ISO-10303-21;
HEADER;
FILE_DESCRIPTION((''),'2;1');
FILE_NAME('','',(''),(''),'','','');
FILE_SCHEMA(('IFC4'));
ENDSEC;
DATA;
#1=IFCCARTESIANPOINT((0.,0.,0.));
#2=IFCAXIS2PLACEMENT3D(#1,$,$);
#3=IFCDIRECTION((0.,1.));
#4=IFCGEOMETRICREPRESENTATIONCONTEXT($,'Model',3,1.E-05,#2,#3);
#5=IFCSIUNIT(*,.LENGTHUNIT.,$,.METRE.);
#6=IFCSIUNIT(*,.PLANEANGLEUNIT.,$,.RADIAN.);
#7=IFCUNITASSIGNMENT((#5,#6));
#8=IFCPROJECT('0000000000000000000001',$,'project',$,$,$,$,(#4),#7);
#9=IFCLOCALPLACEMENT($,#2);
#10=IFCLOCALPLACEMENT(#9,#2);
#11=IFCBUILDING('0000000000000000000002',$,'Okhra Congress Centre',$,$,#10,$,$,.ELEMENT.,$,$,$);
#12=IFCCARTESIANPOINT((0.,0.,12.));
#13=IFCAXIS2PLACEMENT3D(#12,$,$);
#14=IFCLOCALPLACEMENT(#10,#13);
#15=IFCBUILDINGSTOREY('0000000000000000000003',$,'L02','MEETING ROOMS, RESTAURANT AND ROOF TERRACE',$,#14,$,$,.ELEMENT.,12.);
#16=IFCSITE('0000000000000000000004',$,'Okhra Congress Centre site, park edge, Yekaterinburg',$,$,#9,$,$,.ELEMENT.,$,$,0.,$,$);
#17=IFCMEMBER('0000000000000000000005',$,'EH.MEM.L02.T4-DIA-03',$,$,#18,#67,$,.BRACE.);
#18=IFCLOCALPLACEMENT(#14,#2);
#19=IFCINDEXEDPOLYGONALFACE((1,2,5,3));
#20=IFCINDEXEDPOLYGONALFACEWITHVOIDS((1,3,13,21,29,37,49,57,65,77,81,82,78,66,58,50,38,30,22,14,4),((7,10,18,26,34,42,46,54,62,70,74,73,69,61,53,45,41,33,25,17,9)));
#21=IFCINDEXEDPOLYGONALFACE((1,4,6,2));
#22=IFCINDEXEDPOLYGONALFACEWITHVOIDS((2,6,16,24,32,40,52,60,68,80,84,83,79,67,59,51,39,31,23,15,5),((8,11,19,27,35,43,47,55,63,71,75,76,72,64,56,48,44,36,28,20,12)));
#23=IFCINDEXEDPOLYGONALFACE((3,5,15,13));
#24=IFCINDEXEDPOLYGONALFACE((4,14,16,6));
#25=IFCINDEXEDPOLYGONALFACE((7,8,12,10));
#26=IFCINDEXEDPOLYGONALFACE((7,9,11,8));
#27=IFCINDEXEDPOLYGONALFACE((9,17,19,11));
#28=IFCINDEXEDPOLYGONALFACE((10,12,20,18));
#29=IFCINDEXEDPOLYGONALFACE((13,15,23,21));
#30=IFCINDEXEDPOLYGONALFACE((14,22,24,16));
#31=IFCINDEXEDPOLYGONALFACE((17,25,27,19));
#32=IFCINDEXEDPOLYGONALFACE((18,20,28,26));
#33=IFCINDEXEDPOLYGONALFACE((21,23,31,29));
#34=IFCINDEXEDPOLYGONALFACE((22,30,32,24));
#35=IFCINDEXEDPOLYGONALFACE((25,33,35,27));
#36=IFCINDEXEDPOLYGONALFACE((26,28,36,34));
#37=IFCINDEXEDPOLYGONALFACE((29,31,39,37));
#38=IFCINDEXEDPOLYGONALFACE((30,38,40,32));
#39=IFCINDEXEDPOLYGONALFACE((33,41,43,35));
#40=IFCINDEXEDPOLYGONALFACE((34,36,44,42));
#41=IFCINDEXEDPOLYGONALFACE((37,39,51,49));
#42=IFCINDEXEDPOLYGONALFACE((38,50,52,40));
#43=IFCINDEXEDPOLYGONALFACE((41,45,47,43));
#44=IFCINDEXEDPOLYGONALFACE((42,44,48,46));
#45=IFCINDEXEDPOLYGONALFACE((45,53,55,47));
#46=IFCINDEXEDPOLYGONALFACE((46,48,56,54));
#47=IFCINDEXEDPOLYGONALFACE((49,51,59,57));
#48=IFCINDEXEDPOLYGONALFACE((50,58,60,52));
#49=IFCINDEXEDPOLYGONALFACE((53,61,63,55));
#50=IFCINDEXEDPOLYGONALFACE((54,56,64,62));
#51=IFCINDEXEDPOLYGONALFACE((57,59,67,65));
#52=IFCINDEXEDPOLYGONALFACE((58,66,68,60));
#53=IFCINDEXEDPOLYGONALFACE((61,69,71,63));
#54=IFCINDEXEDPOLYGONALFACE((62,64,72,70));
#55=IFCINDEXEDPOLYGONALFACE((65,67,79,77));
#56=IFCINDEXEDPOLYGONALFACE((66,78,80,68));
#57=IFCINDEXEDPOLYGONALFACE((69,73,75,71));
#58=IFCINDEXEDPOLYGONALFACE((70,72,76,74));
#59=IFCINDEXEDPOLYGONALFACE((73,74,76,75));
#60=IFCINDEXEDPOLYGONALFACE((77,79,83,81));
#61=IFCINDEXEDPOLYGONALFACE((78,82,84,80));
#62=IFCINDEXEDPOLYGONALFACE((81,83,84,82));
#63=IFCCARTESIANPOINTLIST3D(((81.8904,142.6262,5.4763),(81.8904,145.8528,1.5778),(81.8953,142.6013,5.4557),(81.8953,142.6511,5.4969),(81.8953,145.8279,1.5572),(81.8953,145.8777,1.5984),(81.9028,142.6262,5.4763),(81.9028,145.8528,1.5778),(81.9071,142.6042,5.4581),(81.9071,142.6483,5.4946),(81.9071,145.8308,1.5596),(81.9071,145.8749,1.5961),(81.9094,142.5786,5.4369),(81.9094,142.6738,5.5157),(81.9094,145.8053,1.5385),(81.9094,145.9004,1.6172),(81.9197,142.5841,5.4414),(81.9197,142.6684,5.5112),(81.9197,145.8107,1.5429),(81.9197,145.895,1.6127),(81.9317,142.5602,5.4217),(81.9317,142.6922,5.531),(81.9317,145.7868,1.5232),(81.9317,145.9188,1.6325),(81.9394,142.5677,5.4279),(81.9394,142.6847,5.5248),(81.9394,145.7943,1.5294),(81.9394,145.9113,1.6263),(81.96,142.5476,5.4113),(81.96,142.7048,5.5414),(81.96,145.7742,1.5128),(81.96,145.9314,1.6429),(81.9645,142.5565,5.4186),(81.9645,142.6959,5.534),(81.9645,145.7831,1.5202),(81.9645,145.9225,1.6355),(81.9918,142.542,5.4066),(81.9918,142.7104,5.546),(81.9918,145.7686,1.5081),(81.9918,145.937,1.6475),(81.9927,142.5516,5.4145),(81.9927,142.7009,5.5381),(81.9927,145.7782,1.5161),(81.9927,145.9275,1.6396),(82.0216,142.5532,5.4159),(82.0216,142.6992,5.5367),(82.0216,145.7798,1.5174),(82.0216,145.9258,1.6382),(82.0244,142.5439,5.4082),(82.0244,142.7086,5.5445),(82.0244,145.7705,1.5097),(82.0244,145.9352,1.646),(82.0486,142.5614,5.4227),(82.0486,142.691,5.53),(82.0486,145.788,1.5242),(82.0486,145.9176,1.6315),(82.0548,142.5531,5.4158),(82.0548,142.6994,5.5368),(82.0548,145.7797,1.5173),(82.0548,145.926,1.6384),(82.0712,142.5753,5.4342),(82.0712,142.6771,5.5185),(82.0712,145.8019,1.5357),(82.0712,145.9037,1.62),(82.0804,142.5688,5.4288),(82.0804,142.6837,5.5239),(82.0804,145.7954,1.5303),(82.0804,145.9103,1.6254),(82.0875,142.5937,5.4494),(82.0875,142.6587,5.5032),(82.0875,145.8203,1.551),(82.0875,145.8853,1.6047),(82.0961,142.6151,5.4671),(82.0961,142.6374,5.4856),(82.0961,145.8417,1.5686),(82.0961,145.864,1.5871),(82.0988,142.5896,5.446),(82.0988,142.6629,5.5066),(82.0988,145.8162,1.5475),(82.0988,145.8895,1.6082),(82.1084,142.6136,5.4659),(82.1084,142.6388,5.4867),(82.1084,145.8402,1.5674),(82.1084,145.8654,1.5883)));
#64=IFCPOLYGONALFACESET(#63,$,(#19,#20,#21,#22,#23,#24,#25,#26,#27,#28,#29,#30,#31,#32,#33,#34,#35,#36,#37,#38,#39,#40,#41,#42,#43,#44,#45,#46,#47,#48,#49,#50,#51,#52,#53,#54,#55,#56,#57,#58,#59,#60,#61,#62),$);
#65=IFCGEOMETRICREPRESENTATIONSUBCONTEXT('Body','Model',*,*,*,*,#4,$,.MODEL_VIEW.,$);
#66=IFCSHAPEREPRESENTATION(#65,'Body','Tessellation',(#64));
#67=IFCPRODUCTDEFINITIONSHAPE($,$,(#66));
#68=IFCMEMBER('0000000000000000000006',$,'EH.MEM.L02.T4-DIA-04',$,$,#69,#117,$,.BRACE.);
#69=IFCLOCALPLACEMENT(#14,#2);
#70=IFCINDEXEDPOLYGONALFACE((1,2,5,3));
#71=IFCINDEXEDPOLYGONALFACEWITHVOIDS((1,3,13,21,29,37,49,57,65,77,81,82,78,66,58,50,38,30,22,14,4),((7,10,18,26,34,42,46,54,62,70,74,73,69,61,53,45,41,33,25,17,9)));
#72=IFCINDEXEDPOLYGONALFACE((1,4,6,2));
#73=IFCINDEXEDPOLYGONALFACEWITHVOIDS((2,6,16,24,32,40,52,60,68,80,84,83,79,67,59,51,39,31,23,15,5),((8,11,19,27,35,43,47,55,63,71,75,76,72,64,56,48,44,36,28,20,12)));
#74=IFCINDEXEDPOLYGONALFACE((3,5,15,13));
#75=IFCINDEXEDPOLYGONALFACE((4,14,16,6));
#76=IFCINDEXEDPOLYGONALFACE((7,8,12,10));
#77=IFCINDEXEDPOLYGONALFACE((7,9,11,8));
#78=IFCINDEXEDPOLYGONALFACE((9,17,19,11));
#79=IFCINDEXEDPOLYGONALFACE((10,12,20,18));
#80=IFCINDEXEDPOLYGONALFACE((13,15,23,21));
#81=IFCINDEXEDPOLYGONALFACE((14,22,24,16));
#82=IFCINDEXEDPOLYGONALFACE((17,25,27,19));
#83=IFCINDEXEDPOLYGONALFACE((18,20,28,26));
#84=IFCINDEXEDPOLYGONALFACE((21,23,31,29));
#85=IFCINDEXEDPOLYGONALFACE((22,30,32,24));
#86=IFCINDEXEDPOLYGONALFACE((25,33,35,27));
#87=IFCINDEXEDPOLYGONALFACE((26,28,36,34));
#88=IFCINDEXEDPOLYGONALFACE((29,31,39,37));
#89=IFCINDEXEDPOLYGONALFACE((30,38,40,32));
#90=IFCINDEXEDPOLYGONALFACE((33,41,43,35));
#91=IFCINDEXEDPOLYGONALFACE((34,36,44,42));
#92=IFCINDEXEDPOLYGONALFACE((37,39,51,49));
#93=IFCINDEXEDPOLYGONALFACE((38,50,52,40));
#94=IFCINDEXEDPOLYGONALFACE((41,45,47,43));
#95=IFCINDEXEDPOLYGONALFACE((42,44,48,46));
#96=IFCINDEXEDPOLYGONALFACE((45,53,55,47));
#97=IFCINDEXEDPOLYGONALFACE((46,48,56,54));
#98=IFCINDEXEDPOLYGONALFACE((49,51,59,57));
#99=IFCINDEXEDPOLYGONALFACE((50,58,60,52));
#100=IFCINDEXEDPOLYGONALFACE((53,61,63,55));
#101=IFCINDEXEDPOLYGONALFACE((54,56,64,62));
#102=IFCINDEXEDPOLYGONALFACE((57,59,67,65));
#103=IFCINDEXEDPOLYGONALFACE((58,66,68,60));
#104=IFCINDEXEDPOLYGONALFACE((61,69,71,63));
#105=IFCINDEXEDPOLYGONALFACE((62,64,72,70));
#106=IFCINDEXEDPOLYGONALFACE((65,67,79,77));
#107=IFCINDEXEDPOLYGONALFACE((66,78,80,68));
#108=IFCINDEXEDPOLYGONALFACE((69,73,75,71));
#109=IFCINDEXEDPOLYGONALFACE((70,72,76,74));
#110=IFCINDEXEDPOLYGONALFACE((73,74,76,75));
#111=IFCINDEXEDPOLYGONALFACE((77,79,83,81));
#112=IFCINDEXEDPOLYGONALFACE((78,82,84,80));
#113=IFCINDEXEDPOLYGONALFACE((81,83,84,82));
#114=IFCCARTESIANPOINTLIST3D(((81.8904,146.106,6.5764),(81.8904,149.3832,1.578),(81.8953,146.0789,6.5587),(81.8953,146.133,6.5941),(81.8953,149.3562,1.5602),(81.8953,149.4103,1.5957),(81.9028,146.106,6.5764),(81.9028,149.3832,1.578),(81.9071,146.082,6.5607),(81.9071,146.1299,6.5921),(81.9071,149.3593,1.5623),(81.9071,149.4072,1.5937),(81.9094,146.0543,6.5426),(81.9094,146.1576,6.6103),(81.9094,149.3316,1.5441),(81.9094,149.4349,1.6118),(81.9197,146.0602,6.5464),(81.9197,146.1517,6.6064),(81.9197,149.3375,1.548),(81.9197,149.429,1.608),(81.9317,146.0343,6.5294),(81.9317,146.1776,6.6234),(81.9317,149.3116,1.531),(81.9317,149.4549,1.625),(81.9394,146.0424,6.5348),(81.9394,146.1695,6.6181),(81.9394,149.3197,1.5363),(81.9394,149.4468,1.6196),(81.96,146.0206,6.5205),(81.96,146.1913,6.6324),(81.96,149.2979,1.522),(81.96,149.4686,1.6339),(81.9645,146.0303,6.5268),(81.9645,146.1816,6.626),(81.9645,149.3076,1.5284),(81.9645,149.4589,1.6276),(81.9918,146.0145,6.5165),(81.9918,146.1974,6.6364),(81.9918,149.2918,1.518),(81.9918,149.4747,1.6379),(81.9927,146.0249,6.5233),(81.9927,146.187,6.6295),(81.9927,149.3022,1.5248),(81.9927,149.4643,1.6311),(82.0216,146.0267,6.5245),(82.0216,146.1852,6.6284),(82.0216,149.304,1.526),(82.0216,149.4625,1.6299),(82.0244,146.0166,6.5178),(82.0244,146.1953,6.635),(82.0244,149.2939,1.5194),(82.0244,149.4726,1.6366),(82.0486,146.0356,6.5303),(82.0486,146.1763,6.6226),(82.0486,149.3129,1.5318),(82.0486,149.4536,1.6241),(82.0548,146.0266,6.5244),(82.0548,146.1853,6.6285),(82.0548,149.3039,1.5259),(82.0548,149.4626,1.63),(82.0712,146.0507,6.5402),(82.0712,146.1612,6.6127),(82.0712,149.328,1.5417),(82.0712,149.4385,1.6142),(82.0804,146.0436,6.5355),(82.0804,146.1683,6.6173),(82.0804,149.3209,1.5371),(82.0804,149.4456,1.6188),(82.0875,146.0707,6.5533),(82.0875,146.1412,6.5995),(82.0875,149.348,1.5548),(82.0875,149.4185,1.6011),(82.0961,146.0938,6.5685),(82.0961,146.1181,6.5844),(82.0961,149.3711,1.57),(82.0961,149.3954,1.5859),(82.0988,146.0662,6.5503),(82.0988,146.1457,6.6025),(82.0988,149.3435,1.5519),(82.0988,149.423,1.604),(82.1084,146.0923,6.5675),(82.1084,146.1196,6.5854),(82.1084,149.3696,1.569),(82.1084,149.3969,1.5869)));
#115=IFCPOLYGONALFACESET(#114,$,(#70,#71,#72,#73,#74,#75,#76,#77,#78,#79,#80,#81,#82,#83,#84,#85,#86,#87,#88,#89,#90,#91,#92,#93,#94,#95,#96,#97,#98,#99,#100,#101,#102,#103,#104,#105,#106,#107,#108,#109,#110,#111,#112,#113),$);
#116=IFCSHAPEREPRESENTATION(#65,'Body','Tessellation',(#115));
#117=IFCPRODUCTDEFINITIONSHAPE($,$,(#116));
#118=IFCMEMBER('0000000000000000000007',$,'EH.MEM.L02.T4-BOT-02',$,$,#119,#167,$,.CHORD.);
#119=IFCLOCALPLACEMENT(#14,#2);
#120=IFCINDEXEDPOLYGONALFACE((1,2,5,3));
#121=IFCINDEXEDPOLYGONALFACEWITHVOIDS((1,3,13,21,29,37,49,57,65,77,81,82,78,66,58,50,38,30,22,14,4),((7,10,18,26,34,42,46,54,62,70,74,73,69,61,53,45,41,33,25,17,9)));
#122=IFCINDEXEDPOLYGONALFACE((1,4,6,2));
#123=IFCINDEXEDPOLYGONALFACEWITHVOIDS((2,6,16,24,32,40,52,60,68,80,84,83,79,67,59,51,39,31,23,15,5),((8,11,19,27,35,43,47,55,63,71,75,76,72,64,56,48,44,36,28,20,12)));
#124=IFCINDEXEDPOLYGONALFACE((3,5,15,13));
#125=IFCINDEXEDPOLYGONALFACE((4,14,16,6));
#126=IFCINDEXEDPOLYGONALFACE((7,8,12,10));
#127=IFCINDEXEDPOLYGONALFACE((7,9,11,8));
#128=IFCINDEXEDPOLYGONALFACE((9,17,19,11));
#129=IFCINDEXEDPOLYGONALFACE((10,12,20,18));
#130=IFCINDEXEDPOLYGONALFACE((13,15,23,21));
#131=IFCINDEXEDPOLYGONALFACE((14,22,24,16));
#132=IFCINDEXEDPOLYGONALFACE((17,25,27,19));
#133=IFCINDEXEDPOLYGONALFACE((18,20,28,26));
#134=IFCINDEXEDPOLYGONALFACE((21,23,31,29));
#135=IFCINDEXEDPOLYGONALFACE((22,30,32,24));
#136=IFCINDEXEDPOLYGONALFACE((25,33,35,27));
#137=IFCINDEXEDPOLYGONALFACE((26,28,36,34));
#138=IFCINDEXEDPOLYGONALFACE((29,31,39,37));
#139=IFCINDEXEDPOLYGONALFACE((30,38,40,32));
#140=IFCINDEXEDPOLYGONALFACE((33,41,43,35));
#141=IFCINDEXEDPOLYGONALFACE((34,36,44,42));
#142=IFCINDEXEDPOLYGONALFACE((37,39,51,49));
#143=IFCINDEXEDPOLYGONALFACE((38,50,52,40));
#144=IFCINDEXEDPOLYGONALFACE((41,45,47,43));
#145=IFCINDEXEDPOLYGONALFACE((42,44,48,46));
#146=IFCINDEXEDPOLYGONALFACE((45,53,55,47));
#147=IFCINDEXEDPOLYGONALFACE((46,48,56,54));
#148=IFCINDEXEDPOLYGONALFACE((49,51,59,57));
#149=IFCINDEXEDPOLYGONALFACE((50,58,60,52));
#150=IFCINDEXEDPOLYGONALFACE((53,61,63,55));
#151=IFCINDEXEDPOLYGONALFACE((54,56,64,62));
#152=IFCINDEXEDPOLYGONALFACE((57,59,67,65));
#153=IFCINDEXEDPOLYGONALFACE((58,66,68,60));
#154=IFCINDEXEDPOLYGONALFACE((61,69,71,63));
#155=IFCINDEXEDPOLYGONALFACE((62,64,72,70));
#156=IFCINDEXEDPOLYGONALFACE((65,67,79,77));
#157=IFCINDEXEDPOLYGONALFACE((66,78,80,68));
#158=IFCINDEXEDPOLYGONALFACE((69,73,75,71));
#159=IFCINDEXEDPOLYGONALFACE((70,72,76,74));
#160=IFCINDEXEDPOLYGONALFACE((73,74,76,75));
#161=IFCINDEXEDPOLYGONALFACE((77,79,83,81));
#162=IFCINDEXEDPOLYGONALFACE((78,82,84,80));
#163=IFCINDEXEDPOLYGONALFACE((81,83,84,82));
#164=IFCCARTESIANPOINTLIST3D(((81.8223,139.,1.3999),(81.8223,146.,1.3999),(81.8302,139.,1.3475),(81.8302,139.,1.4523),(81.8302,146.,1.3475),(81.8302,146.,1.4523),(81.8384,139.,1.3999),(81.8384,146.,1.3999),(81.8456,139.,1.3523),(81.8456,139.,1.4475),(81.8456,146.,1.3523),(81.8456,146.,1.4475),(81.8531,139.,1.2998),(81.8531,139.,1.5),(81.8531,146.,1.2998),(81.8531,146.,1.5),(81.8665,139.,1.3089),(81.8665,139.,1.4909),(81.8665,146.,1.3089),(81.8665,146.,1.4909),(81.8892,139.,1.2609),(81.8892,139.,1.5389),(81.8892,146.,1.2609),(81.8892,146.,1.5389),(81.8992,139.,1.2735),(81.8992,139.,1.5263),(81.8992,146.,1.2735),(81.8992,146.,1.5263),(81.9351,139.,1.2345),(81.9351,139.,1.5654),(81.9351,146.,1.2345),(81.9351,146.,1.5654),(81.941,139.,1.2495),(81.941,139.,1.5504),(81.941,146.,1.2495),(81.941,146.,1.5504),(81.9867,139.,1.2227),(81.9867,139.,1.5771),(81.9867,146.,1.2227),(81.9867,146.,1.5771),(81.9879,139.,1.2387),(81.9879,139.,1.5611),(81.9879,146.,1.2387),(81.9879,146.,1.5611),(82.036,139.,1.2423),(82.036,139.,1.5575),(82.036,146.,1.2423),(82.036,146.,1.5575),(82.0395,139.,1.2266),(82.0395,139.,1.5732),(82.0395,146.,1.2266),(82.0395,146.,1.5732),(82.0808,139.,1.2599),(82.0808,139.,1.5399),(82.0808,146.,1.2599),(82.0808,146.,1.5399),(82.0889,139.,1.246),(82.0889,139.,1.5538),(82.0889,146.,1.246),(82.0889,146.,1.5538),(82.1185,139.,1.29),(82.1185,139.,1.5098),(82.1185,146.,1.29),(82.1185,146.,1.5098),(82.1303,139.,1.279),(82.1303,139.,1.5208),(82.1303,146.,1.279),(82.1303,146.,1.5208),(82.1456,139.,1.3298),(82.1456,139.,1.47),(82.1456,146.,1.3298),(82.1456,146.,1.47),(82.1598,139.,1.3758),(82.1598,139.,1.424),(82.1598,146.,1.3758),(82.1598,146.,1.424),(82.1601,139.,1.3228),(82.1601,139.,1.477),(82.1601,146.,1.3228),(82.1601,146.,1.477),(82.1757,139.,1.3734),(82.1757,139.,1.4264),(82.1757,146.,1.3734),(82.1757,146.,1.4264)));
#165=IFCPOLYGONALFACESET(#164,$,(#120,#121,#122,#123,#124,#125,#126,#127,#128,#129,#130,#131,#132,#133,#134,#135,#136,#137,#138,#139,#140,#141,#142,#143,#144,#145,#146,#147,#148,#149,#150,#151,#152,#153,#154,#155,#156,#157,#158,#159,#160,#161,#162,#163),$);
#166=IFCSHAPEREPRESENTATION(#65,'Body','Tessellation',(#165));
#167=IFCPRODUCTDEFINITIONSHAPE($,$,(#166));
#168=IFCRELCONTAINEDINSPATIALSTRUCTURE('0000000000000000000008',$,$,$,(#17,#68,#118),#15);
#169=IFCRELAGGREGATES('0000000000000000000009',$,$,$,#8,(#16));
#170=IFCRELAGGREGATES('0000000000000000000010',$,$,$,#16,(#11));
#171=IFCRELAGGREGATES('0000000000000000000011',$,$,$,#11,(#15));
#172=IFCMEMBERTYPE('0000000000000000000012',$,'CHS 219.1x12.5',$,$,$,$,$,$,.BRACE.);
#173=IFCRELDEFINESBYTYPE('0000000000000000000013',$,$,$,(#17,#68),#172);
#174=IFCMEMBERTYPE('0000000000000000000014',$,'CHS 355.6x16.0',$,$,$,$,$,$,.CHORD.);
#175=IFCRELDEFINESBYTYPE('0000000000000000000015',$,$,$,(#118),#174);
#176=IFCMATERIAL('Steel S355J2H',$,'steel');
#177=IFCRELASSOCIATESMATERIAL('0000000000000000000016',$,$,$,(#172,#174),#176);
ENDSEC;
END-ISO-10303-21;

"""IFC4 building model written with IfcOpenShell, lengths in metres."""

from ifc_helpers import new_model, si_unit, direction, frame, origin, origin_2d, place, context, subcontext, project, spatial, hollow_circle, extrude, material, material_profile, profile_set, type_object, element, save


model = new_model("IFC4")

# Units and contexts
model_context = context("Model", 3, precision=1e-05, world=origin(), true_north=direction((0.0, 1.0)))
body_context = subcontext(model_context, "Body", "Model", "MODEL_VIEW")
ifc_project = project(units=[si_unit("LENGTHUNIT", "METRE"), si_unit("PLANEANGLEUNIT", "RADIAN")], contexts=[model_context])

# Site, building, storey
site_placement = place(None, origin())
site = spatial("IfcSite", under=ifc_project, at=site_placement, Name="Okhra Congress Centre site, park edge, Yekaterinburg", CompositionType="ELEMENT", RefElevation=0.0)
building_placement = place(site_placement, origin())
building = spatial("IfcBuilding", under=site, at=building_placement, Name="Okhra Congress Centre", CompositionType="ELEMENT")
storey_placement = place(building_placement, frame((0.0, 0.0, 12.0)))
storey = spatial("IfcBuildingStorey", under=building, at=storey_placement, Name="L02", Description="MEETING ROOMS, RESTAURANT AND ROOF TERRACE", CompositionType="ELEMENT", Elevation=12.0)

# Members
ifc_material_1 = material(Name="Steel S355J2H", Category="steel")
ifc_material_profile_1 = material_profile(ifc_material_1, hollow_circle(Radius=0.1096, WallThickness=0.0125, at=origin_2d()), Name="CHS 219.1x12.5")
ifc_profile_set_1 = profile_set([ifc_material_profile_1], Name="Steel S355J2H")
member_type_1 = type_object("IfcMemberType", Name="CHS 219.1x12.5", PredefinedType="BRACE", material=ifc_profile_set_1)
member_1_placement = place(storey_placement, frame((82.0, 142.6262, 5.4763), z_axis=(0.0, 0.637599, -0.770368), x_axis=(-1.0, 0.0, 0.0)))
element("IfcMember", 1, at=member_1_placement, inside=storey, type_object=member_type_1, Name="EH.MEM.L02.T4-DIA-03", PredefinedType="BRACE", context=body_context, shape_type="SweptSolid", body=[
    extrude(hollow_circle(Radius=0.1096, WallThickness=0.0125, at=origin_2d()), origin(), (0.0, 0.0, 1.0), 5.0605),
])
member_2_placement = place(storey_placement, frame((82.0, 146.106, 6.5764), z_axis=(0.0, 0.548312, -0.836274), x_axis=(-1.0, 0.0, 0.0)))
element("IfcMember", 2, at=member_2_placement, inside=storey, type_object=member_type_1, Name="EH.MEM.L02.T4-DIA-04", PredefinedType="BRACE", context=body_context, shape_type="SweptSolid", body=[
    extrude(hollow_circle(Radius=0.1096, WallThickness=0.0125, at=origin_2d()), origin(), (0.0, 0.0, 1.0), 5.9771),
])
ifc_material_profile_2 = material_profile(ifc_material_1, hollow_circle(Radius=0.1777, WallThickness=0.0161, at=origin_2d()), Name="CHS 355.6x16.0")
ifc_profile_set_2 = profile_set([ifc_material_profile_2], Name="Steel S355J2H")
member_type_2 = type_object("IfcMemberType", Name="CHS 355.6x16.0", PredefinedType="CHORD", material=ifc_profile_set_2)
for number, where, z_axis, x_axis, name in (
    (3, (82.0, 139.0, 1.3999), (0.0, 1.0, 0.0), (-1.0, 0.0, 0.0), "EH.MEM.L02.T4-BOT-02"),
):
    element("IfcMember", number, at=place(storey_placement, frame(where, z_axis=z_axis, x_axis=x_axis)), inside=storey, type_object=member_type_2, Name=name, PredefinedType="CHORD", context=body_context, shape_type="SweptSolid", body=[
        extrude(hollow_circle(Radius=0.1777, WallThickness=0.0161, at=origin_2d()), origin(), (0.0, 0.0, 1.0), 7.0),
    ])

save(model, "model.ifc")
